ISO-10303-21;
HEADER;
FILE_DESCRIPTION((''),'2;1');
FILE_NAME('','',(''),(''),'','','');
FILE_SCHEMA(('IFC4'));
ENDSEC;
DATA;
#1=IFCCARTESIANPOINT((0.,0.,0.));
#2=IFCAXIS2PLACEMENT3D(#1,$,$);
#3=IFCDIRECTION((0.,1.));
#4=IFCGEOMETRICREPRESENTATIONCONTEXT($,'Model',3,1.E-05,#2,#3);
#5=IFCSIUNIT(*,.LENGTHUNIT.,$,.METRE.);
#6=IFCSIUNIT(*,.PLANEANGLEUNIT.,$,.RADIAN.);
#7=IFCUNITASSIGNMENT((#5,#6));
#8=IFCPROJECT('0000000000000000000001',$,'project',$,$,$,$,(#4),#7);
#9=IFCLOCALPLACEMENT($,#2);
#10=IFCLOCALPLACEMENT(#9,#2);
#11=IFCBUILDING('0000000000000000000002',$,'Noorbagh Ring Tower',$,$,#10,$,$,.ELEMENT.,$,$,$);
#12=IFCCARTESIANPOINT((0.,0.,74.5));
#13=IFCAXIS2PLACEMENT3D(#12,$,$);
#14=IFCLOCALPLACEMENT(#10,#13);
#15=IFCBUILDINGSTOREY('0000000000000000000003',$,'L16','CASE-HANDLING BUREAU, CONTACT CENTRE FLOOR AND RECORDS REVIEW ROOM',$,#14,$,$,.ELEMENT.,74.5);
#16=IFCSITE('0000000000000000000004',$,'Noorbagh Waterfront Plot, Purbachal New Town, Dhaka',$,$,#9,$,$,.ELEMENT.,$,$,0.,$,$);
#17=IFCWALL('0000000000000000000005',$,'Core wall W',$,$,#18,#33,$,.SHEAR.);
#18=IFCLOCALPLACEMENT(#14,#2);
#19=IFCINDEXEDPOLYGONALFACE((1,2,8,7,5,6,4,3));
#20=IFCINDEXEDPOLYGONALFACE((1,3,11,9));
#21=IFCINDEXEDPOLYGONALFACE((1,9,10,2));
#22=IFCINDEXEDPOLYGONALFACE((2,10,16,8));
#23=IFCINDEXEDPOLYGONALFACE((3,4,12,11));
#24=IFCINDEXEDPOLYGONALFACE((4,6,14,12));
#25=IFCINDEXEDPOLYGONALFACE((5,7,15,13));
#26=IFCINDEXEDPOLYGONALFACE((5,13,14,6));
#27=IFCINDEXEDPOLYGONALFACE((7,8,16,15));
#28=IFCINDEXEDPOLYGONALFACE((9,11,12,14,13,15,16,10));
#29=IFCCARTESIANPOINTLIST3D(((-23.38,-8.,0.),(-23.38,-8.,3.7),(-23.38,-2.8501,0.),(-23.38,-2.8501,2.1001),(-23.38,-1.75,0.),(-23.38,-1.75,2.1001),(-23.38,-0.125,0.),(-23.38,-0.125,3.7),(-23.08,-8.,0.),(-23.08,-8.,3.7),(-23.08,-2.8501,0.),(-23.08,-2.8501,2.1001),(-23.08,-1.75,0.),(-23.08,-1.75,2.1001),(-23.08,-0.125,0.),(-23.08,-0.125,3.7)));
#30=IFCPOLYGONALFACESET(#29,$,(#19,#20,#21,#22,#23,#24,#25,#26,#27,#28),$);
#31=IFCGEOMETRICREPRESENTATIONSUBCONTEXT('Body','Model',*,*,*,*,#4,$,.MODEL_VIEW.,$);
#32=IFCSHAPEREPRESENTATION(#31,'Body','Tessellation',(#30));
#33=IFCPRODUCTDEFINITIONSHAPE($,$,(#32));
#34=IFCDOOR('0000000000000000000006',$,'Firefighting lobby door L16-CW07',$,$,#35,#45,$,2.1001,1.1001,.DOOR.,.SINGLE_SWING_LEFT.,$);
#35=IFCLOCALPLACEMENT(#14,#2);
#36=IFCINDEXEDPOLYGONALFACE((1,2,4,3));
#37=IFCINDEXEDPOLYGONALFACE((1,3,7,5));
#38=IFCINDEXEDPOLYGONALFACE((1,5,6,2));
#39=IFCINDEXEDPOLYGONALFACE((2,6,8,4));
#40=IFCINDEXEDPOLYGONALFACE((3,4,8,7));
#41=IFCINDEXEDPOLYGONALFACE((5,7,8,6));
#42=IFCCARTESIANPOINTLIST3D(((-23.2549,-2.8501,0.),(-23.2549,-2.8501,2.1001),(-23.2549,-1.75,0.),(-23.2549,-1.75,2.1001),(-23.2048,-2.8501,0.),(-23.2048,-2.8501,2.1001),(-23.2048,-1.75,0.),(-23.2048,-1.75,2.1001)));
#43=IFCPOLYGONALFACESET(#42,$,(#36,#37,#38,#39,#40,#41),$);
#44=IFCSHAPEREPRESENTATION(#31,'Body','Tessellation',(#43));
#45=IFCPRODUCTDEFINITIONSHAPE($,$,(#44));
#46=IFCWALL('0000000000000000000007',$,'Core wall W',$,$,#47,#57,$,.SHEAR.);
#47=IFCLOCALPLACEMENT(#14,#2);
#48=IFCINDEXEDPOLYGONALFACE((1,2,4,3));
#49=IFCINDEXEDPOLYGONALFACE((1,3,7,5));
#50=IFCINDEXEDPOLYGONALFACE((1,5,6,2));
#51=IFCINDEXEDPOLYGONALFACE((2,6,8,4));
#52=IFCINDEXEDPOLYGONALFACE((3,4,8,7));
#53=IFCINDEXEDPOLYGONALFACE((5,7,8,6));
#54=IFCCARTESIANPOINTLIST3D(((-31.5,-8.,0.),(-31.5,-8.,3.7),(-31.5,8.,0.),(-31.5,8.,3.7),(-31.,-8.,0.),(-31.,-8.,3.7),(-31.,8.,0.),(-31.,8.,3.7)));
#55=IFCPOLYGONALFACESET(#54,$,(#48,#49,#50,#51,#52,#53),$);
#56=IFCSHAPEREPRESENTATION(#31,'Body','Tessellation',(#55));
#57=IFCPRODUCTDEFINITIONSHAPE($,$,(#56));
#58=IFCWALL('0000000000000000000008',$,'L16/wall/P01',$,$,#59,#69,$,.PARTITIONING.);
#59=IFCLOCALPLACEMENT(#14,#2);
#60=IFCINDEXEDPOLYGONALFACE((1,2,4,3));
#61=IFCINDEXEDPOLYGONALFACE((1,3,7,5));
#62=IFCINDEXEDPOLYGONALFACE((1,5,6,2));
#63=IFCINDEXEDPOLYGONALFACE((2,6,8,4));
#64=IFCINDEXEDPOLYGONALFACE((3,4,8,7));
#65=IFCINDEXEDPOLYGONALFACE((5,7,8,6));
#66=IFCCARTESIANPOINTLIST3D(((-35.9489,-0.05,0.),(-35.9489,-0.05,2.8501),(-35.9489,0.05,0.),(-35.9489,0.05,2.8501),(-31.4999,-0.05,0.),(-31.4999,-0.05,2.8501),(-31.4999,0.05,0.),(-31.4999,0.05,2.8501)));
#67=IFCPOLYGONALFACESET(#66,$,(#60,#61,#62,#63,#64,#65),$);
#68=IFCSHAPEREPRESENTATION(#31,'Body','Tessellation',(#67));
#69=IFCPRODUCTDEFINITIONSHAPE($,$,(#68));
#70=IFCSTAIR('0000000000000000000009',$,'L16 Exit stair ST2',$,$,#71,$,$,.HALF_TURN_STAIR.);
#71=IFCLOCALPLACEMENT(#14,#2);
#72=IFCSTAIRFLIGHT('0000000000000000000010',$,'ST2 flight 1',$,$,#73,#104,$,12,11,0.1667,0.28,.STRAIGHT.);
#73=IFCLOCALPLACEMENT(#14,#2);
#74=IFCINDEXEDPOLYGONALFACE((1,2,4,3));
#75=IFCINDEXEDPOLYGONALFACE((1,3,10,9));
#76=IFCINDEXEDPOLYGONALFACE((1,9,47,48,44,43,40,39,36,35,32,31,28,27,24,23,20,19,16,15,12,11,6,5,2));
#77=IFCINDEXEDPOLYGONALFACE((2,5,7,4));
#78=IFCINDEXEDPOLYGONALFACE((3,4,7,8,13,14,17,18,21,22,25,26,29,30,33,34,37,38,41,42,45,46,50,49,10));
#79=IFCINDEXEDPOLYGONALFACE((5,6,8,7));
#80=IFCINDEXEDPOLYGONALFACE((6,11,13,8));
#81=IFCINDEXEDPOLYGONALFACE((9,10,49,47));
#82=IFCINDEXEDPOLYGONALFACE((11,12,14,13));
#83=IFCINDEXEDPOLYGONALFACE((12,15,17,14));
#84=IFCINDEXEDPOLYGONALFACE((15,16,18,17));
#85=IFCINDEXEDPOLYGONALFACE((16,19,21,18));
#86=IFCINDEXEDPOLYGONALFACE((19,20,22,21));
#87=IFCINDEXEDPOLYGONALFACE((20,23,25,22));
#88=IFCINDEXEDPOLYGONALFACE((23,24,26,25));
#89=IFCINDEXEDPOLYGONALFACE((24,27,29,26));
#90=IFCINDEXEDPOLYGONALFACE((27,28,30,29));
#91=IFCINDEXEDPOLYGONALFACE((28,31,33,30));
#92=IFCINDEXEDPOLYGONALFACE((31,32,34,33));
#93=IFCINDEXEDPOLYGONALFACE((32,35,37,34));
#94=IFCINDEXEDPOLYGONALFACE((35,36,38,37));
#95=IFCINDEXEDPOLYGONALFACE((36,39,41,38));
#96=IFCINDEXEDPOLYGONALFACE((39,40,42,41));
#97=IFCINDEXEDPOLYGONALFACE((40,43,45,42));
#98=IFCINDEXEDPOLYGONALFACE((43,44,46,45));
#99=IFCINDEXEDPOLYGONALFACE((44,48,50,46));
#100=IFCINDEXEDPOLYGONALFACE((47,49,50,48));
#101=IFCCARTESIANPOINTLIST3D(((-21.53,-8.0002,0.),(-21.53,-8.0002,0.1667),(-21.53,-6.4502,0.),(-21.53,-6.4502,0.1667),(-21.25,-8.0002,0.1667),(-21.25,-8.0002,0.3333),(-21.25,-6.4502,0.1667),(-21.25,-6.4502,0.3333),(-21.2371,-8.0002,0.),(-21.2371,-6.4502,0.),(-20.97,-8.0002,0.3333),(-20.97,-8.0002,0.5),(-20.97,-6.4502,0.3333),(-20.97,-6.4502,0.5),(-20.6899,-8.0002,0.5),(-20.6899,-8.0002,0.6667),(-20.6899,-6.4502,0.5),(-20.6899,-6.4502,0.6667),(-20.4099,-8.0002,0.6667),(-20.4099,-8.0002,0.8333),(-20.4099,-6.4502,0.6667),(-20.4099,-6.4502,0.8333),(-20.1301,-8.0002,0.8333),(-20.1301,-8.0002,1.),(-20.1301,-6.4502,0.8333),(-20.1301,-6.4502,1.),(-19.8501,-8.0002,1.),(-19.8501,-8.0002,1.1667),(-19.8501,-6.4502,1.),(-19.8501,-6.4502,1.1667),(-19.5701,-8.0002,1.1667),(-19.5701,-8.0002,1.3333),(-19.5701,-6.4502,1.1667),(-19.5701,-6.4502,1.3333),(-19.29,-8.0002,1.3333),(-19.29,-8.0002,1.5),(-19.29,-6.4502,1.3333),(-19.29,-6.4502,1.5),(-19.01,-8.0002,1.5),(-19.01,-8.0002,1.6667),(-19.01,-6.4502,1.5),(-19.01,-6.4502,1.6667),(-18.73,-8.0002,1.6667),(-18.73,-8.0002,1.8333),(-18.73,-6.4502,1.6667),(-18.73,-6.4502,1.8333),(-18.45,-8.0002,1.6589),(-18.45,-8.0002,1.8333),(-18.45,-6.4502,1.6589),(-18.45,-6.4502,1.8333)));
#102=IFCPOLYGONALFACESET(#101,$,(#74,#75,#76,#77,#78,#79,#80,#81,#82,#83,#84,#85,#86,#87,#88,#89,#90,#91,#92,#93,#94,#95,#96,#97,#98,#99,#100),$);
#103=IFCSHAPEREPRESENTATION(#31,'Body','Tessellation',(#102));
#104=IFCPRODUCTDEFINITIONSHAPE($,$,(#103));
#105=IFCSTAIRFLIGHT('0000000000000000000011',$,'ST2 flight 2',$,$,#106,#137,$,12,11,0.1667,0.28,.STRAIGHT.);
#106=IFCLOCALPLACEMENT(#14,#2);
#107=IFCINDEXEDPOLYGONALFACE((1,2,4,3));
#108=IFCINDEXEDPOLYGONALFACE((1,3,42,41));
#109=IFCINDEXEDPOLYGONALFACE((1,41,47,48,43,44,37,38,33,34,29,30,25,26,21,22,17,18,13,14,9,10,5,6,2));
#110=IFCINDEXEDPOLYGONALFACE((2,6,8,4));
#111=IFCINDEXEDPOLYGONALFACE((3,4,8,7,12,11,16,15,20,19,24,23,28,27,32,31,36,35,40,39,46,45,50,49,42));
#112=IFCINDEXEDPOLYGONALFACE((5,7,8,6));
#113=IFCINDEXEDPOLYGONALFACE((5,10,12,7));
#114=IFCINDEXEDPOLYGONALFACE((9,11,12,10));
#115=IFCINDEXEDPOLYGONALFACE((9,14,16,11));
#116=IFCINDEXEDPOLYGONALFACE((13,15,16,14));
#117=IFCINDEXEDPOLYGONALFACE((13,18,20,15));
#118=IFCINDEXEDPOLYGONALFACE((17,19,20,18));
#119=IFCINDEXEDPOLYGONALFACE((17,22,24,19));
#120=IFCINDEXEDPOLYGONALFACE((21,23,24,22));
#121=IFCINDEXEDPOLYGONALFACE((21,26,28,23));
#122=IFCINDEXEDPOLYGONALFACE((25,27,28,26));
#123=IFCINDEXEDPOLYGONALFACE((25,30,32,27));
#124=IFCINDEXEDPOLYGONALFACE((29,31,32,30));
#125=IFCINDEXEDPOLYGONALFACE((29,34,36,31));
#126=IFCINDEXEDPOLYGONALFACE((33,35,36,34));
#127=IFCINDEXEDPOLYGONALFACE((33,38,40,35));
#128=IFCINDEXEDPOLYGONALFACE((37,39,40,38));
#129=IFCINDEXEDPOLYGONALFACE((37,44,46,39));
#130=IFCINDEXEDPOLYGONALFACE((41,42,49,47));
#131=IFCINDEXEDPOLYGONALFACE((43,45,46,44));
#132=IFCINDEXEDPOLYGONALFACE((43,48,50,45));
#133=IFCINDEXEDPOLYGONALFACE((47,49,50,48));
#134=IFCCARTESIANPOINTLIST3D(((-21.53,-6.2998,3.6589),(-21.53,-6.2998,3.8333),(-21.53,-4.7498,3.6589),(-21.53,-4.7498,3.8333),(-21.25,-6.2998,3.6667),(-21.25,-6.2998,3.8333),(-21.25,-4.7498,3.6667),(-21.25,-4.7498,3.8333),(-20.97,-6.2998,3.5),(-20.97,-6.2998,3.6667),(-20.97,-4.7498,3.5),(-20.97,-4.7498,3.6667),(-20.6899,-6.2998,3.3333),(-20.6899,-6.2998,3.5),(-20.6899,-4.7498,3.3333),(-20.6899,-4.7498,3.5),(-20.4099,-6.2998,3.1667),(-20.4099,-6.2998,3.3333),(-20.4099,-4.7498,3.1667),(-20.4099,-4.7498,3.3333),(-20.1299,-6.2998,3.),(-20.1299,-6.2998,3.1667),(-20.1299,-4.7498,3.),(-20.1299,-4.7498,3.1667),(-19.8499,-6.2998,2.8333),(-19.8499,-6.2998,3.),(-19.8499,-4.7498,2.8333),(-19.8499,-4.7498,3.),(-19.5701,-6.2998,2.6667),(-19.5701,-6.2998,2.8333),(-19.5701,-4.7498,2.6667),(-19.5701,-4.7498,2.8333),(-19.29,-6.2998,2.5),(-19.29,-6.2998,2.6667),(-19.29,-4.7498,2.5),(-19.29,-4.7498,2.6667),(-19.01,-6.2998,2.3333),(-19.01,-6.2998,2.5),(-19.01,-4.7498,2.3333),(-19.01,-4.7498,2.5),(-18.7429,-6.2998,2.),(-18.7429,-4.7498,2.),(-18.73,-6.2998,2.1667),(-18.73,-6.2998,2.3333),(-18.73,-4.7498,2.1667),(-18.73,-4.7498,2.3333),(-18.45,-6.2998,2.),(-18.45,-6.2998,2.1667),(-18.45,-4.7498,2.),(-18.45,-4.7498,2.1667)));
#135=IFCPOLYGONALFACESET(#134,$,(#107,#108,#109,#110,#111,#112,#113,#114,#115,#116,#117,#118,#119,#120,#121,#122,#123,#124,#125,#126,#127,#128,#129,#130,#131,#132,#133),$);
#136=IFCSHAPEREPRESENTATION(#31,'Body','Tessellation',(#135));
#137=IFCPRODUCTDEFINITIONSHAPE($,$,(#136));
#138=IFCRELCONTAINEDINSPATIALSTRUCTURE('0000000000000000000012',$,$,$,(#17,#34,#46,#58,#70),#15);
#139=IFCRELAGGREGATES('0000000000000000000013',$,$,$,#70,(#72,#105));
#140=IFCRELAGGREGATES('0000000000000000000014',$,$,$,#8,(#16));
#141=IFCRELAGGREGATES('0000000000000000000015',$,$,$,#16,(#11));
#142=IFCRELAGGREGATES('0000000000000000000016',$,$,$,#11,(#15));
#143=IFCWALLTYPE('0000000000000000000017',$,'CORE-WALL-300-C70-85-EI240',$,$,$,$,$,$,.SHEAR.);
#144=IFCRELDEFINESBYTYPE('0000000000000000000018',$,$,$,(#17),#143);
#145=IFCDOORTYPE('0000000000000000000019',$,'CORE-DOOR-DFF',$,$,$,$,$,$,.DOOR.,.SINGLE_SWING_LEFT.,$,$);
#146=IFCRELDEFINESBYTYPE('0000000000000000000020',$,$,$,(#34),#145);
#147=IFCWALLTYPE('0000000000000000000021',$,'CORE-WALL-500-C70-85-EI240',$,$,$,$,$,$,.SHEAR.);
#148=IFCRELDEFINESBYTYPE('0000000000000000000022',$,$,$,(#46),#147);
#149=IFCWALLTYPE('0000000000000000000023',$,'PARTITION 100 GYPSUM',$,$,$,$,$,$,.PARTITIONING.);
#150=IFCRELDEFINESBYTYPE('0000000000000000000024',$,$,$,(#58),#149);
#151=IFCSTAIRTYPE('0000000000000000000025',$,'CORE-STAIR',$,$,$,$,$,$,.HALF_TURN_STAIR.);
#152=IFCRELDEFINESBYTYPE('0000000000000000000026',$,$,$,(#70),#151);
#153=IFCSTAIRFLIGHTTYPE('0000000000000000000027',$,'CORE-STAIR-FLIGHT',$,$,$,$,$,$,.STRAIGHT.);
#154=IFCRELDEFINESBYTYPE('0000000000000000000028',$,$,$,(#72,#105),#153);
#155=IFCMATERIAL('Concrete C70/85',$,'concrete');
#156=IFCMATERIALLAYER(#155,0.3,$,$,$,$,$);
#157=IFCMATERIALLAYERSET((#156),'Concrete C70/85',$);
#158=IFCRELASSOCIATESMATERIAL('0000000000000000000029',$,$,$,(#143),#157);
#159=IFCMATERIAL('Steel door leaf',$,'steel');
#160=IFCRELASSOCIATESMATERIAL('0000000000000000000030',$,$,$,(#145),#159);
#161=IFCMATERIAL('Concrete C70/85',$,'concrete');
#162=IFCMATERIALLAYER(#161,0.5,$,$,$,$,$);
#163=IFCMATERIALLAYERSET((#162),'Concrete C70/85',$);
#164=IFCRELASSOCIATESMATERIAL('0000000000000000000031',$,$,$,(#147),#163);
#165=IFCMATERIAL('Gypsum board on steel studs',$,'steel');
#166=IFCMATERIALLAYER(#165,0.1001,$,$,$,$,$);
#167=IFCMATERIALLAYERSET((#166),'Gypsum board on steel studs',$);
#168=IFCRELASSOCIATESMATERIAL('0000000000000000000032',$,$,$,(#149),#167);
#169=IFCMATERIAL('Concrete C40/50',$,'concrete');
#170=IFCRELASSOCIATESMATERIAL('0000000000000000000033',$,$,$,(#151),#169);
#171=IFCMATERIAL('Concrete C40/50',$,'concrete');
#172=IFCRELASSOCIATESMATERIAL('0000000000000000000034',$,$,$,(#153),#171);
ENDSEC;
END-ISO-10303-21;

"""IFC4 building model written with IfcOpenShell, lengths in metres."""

from ifc_helpers import new_model, si_unit, direction, frame, frame_2d, origin, place, context, subcontext, project, spatial, polyline, rectangle, outline, extrude, material, layer, layer_set, type_object, element, fill, aggregate, save


model = new_model("IFC4")

# Units and contexts
model_context = context("Model", 3, precision=1e-05, world=origin(), true_north=direction((0.0, 1.0)))
body_context = subcontext(model_context, "Body", "Model", "MODEL_VIEW")
ifc_project = project(units=[si_unit("LENGTHUNIT", "METRE"), si_unit("PLANEANGLEUNIT", "RADIAN")], contexts=[model_context])

# Site, building, storey
site_placement = place(None, origin())
site = spatial("IfcSite", under=ifc_project, at=site_placement, Name="Noorbagh Waterfront Plot, Purbachal New Town, Dhaka", CompositionType="ELEMENT", RefElevation=0.0)
building_placement = place(site_placement, origin())
building = spatial("IfcBuilding", under=site, at=building_placement, Name="Noorbagh Ring Tower", CompositionType="ELEMENT")
storey_placement = place(building_placement, frame((0.0, 0.0, 74.5)))
storey = spatial("IfcBuildingStorey", under=building, at=storey_placement, Name="L16", Description="CASE-HANDLING BUREAU, CONTACT CENTRE FLOOR AND RECORDS REVIEW ROOM", CompositionType="ELEMENT", Elevation=74.5)

# Shared definitions
ifc_material_1 = material(Name="Concrete C70/85", Category="concrete")
ifc_layer_1 = layer(ifc_material_1, 0.3)
ifc_layer_set_1 = layer_set([ifc_layer_1], Name="Concrete C70/85")
wall_type_1 = type_object("IfcWallType", Name="CORE-WALL-300-C70-85-EI240", PredefinedType="SHEAR", material=ifc_layer_set_1)

# Wall, opening, door
wall_1_placement = place(storey_placement, frame((-23.23, -8.0, 0.0), z_axis=(0.0, 0.0, 1.0), x_axis=(0.0, 1.0, 0.0)))
wall_1 = element("IfcWall", 1, at=wall_1_placement, inside=storey, type_object=wall_type_1, Name="Core wall W", PredefinedType="SHEAR", context=body_context, shape_type="SweptSolid", body=[
    extrude(rectangle(XDim=7.875, YDim=0.3, at=frame_2d((3.9375, 0.0))), origin(), (0.0, 0.0, 1.0), 3.7),
])
opening_1_placement = place(wall_1_placement, frame((5.1499, 0.0, 0.0)))
opening_1 = element("IfcOpeningElement", 2, at=opening_1_placement, cuts=wall_1, PredefinedType="OPENING", context=body_context, shape_type="SweptSolid", body=[
    extrude(rectangle(XDim=1.1001, YDim=2.1001, at=frame_2d((0.55, 1.05))), frame((0.0, 0.1602, 0.0), z_axis=(0.0, -1.0, 0.0), x_axis=(1.0, 0.0, 0.0)), (0.0, 0.0, 1.0), 0.3201),
])
ifc_material_2 = material(Name="Steel door leaf", Category="steel")
door_type_1 = type_object("IfcDoorType", Name="CORE-DOOR-DFF", OperationType="SINGLE_SWING_LEFT", PredefinedType="DOOR", material=ifc_material_2)
door_1_placement = place(opening_1_placement, origin())
door_1 = element("IfcDoor", 3, at=door_1_placement, inside=storey, type_object=door_type_1, Name="Firefighting lobby door L16-CW07", OperationType="SINGLE_SWING_LEFT", OverallHeight=2.1001, OverallWidth=1.1001, PredefinedType="DOOR", context=body_context, shape_type="SweptSolid", body=[
    extrude(rectangle(XDim=1.1001, YDim=2.1001, at=frame_2d((0.55, 1.05))), frame((0.0, 0.0249, 0.0), z_axis=(0.0, -1.0, 0.0), x_axis=(1.0, 0.0, 0.0)), (0.0, 0.0, 1.0), 0.05),
])
fill(opening_1, door_1)

# Walls
ifc_material_3 = material(Name="Concrete C70/85", Category="concrete")
ifc_layer_2 = layer(ifc_material_3, 0.5)
ifc_layer_set_2 = layer_set([ifc_layer_2], Name="Concrete C70/85")
wall_type_2 = type_object("IfcWallType", Name="CORE-WALL-500-C70-85-EI240", PredefinedType="SHEAR", material=ifc_layer_set_2)
wall_2_placement = place(storey_placement, frame((-31.25, -8.0, 0.0), z_axis=(0.0, 0.0, 1.0), x_axis=(0.0, 1.0, 0.0)))
element("IfcWall", 4, at=wall_2_placement, inside=storey, type_object=wall_type_2, Name="Core wall W", PredefinedType="SHEAR", context=body_context, shape_type="SweptSolid", body=[
    extrude(rectangle(XDim=16.0, YDim=0.5, at=frame_2d((8.0, 0.0))), origin(), (0.0, 0.0, 1.0), 3.7),
])
ifc_material_4 = material(Name="Gypsum board on steel studs", Category="steel")
ifc_layer_3 = layer(ifc_material_4, 0.1001)
ifc_layer_set_3 = layer_set([ifc_layer_3], Name="Gypsum board on steel studs")
wall_type_3 = type_object("IfcWallType", Name="PARTITION 100 GYPSUM", PredefinedType="PARTITIONING", material=ifc_layer_set_3)
wall_3_placement = place(storey_placement, frame((-35.949, 0.0, 0.0), z_axis=(0.0, 0.0, 1.0), x_axis=(1.0, 0.0, 0.0)))
element("IfcWall", 5, at=wall_3_placement, inside=storey, type_object=wall_type_3, Name="L16/wall/P01", PredefinedType="PARTITIONING", context=body_context, shape_type="SweptSolid", body=[
    extrude(rectangle(XDim=4.449, YDim=0.1001, at=frame_2d((2.2246, 0.0))), origin(), (0.0, 0.0, 1.0), 2.8501),
])

# Stair, stair flights
ifc_material_5 = material(Name="Concrete C40/50", Category="concrete")
stair_type = type_object("IfcStairType", Name="CORE-STAIR", PredefinedType="HALF_TURN_STAIR", material=ifc_material_5)
stair_placement = place(storey_placement, origin())
stair = element("IfcStair", 6, at=stair_placement, inside=storey, type_object=stair_type, Name="L16 Exit stair ST2", PredefinedType="HALF_TURN_STAIR")
ifc_material_6 = material(Name="Concrete C40/50", Category="concrete")
stair_flight_type = type_object("IfcStairFlightType", Name="CORE-STAIR-FLIGHT", PredefinedType="STRAIGHT", material=ifc_material_6)
stair_flight_1_placement = place(storey_placement, frame((-21.53, -7.2251, 0.0), z_axis=(0.0, 0.0, 1.0), x_axis=(1.0, 0.0, 0.0)))
stair_flight_1 = element("IfcStairFlight", 7, at=stair_flight_1_placement, type_object=stair_flight_type, Name="ST2 flight 1", NumberOfRisers=12, NumberOfTreads=11, PredefinedType="STRAIGHT", RiserHeight=0.1667, TreadLength=0.28, context=body_context, shape_type="SweptSolid", body=[
    extrude(outline(polyline([(0.0, 0.0), (0.0, 0.1667), (0.28, 0.1667), (0.28, 0.3333), (0.5601, 0.3333), (0.5601, 0.5), (0.8401, 0.5), (0.8401, 0.6667), (1.1201, 0.6667), (1.1201, 0.8333), (1.3999, 0.8333), (1.3999, 1.0), (1.6799, 1.0), (1.6799, 1.1667), (1.96, 1.1667), (1.96, 1.3333), (2.24, 1.3333), (2.24, 1.5), (2.52, 1.5), (2.52, 1.6667), (2.8, 1.6667), (2.8, 1.8333), (3.0801, 1.8333), (3.0801, 2.0), (3.0801, 1.6589), (0.293, 0.0), (0.0, 0.0)])), frame((0.0, 0.7749, 0.0), z_axis=(0.0, -1.0, 0.0), x_axis=(1.0, 0.0, 0.0)), (0.0, 0.0, 1.0), 1.55),
])
stair_flight_2_placement = place(storey_placement, frame((-18.45, -5.5249, 2.0), z_axis=(0.0, 0.0, 1.0), x_axis=(-1.0, 0.0, 0.0)))
stair_flight_2 = element("IfcStairFlight", 8, at=stair_flight_2_placement, type_object=stair_flight_type, Name="ST2 flight 2", NumberOfRisers=12, NumberOfTreads=11, PredefinedType="STRAIGHT", RiserHeight=0.1667, TreadLength=0.28, context=body_context, shape_type="SweptSolid", body=[
    extrude(outline(polyline([(0.0, 0.0), (0.0, 0.1667), (0.28, 0.1667), (0.28, 0.3333), (0.5601, 0.3333), (0.5601, 0.5), (0.8401, 0.5), (0.8401, 0.6667), (1.1201, 0.6667), (1.1201, 0.8333), (1.3999, 0.8333), (1.3999, 1.0), (1.6799, 1.0), (1.6799, 1.1667), (1.96, 1.1667), (1.96, 1.3333), (2.24, 1.3333), (2.24, 1.5), (2.52, 1.5), (2.52, 1.6667), (2.8, 1.6667), (2.8, 1.8333), (3.0801, 1.8333), (3.0801, 2.0), (3.0801, 1.6589), (0.293, 0.0), (0.0, 0.0)])), frame((0.0, 0.7749, 0.0), z_axis=(0.0, -1.0, 0.0), x_axis=(1.0, 0.0, 0.0)), (0.0, 0.0, 1.0), 1.55),
])
aggregate(stair, [stair_flight_1, stair_flight_2])

save(model, "model.ifc")
